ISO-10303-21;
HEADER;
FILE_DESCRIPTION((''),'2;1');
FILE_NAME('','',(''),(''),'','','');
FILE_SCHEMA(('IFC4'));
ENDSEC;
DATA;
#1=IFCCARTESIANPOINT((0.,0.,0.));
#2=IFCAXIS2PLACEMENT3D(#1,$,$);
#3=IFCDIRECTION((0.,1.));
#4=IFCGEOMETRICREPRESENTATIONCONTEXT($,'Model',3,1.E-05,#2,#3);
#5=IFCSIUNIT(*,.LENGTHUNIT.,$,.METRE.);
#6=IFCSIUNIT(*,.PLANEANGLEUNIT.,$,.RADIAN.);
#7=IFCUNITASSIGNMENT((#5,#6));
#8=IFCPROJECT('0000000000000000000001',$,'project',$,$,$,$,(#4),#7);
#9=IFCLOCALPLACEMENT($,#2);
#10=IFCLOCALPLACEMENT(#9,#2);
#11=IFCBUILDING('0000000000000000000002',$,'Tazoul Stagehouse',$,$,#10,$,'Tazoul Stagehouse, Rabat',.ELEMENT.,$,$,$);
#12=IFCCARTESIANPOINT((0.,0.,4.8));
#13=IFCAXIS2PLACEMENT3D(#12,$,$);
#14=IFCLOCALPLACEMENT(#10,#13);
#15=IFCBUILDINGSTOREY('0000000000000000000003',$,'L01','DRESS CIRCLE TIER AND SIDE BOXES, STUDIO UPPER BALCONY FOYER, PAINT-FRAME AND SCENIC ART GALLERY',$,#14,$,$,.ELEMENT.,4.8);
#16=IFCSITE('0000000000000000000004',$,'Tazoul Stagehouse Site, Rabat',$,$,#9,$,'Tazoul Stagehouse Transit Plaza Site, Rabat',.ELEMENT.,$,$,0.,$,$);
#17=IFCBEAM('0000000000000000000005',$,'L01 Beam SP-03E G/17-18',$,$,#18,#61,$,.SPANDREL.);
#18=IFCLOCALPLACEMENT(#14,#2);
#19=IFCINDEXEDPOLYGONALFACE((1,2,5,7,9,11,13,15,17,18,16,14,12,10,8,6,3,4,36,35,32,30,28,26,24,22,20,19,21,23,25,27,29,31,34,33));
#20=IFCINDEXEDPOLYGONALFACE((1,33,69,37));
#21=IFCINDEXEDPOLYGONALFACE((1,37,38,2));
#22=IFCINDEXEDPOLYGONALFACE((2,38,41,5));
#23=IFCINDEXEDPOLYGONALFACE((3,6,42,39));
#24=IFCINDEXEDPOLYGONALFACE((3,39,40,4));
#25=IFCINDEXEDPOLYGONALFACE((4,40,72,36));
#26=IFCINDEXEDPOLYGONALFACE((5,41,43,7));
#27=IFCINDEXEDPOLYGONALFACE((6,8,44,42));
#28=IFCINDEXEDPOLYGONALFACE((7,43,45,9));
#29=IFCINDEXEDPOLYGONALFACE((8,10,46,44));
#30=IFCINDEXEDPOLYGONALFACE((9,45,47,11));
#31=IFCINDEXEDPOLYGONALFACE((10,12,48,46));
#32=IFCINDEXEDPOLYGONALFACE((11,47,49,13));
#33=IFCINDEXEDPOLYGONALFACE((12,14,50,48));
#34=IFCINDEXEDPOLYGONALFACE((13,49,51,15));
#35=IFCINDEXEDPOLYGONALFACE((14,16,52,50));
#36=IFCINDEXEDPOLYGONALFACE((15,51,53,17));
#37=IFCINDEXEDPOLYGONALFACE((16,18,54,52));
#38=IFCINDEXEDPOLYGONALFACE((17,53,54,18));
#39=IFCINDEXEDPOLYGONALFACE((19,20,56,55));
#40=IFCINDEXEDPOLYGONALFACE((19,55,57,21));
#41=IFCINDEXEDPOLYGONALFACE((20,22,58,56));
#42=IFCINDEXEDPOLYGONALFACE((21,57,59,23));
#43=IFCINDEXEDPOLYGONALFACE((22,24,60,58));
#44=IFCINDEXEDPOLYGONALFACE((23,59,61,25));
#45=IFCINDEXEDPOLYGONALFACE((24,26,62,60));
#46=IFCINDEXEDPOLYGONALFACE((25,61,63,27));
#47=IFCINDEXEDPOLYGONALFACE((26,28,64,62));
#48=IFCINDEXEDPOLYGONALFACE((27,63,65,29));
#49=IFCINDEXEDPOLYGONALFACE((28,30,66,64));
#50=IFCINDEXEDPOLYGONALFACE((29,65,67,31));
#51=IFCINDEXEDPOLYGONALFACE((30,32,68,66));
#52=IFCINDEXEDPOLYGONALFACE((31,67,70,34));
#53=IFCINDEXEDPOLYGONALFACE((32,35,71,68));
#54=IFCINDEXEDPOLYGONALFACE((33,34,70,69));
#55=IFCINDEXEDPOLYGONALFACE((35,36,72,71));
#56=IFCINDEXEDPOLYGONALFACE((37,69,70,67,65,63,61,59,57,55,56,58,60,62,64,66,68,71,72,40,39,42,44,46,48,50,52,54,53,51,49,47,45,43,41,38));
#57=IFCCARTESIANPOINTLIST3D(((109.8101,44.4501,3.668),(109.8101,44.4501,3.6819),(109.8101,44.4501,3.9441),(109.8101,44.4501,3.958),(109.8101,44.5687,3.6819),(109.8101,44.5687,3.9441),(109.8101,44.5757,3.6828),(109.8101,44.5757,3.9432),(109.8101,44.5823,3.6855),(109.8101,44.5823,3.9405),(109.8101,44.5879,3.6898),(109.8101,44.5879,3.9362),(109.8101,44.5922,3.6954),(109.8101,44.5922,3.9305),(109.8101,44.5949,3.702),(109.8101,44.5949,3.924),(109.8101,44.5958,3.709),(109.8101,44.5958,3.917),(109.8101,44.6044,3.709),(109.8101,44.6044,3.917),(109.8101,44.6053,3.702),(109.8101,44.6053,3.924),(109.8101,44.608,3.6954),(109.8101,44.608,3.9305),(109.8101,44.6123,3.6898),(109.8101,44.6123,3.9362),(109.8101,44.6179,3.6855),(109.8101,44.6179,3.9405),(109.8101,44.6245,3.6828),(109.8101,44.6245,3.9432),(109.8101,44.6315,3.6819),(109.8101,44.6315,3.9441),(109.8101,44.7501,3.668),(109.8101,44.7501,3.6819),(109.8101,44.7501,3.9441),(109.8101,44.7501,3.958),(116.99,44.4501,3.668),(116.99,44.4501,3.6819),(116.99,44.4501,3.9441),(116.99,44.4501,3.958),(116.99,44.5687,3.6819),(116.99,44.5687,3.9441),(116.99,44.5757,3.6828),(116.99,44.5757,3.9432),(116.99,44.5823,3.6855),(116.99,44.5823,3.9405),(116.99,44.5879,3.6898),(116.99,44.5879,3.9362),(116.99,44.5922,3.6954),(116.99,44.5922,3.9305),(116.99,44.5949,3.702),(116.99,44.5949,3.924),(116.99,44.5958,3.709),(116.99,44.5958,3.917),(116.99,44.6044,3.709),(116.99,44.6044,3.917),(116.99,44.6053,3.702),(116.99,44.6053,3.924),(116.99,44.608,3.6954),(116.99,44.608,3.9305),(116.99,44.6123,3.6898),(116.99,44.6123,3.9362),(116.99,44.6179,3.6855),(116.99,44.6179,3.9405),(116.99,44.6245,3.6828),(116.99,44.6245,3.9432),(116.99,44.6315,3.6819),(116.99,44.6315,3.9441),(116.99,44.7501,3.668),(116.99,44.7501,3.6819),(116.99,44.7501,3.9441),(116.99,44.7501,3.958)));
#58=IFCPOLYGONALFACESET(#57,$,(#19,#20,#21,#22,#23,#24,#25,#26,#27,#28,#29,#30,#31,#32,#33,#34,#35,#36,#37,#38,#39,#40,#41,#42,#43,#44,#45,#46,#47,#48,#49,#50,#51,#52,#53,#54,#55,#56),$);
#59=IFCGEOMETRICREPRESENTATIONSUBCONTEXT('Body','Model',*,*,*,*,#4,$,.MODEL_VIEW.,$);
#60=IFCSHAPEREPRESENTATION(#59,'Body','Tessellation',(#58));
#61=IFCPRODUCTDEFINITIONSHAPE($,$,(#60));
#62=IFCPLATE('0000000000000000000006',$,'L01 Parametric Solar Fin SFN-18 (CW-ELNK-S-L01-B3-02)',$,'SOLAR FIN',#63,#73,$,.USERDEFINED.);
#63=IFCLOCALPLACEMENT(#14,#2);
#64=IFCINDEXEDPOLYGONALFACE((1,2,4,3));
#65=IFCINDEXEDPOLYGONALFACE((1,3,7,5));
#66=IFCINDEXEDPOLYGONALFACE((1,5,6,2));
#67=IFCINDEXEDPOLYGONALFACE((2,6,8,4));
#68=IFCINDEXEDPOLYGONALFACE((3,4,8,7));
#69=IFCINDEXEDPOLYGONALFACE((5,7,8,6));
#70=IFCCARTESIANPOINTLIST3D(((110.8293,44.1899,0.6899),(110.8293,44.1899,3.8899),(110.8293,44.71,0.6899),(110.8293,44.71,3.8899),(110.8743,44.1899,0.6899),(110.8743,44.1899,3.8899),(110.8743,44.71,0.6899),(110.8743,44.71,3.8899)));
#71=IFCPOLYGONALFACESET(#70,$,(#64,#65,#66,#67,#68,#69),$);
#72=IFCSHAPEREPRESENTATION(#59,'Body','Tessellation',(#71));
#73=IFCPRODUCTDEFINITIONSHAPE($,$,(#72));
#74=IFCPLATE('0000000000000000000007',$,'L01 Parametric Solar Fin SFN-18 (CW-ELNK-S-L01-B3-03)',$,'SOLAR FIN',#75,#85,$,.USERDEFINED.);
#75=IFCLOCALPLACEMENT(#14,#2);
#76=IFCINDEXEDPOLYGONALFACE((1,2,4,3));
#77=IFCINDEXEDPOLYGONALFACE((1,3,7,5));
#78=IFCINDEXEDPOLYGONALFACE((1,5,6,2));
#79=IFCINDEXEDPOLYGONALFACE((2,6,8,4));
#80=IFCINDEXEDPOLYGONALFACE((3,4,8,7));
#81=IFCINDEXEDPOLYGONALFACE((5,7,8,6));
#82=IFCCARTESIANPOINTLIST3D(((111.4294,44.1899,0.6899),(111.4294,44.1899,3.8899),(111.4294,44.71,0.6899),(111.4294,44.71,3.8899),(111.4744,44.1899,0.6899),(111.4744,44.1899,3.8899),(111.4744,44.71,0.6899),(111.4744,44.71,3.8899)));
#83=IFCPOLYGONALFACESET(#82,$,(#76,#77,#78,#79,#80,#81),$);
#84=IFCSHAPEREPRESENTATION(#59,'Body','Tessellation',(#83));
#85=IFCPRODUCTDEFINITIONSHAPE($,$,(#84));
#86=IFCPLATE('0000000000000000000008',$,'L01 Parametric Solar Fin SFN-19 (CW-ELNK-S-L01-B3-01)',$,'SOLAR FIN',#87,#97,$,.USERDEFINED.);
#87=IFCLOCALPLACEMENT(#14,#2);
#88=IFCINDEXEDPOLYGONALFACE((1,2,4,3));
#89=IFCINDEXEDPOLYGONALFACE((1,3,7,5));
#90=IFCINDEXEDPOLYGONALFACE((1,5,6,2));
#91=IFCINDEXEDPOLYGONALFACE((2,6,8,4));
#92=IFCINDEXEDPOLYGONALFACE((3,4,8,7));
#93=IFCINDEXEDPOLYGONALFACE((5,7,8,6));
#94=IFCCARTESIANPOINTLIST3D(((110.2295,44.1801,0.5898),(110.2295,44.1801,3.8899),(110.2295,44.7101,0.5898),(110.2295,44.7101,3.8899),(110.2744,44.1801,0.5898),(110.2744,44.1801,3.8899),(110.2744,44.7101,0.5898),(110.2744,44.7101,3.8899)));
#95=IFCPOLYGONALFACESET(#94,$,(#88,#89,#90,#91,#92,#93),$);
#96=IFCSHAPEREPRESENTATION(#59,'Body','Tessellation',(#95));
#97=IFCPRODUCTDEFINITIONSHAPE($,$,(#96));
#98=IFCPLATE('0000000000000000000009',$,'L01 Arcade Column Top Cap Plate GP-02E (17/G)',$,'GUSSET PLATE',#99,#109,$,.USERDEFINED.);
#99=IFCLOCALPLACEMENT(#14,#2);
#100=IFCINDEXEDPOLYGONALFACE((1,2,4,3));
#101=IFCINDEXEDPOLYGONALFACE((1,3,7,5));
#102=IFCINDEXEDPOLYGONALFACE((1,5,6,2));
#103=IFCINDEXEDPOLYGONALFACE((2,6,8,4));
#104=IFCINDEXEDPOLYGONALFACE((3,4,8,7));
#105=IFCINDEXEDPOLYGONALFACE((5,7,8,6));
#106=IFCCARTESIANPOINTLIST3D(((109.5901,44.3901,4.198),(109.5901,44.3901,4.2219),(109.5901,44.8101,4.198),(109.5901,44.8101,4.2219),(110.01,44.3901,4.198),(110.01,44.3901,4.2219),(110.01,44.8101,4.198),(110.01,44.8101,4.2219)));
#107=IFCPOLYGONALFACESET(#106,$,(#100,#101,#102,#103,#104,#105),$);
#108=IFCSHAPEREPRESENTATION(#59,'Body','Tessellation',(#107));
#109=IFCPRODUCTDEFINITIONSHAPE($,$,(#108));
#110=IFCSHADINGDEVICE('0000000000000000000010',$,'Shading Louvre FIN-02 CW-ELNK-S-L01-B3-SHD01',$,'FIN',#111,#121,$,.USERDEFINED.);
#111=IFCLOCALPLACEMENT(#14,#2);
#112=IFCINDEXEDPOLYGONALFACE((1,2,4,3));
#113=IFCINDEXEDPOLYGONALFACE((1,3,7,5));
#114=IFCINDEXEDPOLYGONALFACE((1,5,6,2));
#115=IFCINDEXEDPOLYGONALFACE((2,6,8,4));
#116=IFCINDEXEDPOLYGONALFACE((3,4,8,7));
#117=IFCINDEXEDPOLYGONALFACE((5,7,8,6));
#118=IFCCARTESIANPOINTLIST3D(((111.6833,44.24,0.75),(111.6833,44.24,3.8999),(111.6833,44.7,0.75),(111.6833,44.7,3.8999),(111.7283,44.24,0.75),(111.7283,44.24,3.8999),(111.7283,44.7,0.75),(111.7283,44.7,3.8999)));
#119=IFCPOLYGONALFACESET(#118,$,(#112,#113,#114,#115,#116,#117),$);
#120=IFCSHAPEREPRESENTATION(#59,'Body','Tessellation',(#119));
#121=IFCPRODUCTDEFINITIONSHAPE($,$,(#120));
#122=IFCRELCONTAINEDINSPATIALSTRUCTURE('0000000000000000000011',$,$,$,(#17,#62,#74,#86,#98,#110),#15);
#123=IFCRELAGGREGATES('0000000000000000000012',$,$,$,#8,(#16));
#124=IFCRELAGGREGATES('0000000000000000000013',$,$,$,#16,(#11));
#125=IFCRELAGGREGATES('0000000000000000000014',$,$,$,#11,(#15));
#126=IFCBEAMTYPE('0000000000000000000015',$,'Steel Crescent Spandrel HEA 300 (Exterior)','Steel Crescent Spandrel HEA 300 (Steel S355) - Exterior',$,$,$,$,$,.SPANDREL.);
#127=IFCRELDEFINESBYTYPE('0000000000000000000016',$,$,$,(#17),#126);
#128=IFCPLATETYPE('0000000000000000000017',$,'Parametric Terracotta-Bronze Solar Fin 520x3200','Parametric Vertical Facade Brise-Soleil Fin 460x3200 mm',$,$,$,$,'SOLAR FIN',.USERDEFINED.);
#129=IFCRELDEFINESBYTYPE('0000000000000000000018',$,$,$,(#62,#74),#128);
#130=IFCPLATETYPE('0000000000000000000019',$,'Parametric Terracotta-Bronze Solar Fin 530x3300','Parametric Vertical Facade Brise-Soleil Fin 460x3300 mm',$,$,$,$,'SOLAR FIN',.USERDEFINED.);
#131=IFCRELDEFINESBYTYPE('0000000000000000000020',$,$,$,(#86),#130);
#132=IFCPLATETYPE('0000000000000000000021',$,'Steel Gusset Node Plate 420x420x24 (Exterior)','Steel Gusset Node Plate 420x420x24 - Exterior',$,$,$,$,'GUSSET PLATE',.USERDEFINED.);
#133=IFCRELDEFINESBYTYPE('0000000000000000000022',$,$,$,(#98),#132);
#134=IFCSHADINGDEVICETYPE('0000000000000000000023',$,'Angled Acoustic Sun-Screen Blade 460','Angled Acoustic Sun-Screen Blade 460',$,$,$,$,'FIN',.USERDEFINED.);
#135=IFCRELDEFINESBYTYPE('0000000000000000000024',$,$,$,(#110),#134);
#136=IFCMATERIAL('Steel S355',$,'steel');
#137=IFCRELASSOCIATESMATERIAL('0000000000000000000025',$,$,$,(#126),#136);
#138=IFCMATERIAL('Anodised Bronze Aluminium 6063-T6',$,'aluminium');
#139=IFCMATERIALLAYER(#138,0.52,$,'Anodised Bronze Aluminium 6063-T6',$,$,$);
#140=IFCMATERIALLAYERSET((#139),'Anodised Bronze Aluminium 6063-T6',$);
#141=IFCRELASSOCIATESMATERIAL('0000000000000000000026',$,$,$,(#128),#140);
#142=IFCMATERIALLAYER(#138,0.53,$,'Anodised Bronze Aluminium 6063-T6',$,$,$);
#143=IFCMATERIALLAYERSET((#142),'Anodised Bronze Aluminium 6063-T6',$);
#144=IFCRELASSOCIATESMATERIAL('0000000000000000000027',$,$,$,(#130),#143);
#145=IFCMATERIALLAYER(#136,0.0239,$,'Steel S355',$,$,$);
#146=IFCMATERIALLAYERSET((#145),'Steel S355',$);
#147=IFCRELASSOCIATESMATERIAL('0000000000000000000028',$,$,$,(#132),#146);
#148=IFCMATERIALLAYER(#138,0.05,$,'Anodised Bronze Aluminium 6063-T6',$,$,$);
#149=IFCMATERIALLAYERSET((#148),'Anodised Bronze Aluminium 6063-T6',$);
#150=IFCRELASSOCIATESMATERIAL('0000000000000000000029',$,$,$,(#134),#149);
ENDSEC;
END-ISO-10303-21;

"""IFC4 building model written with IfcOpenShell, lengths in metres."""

from ifc_helpers import new_model, si_unit, direction, frame, origin, origin_2d, place, context, subcontext, project, spatial, rectangle, i_section, extrude, material, layer, layer_set, material_profile, profile_set, type_object, element, save


model = new_model("IFC4")

# Units and contexts
model_context = context("Model", 3, precision=1e-05, world=origin(), true_north=direction((0.0, 1.0)))
body_context = subcontext(model_context, "Body", "Model", "MODEL_VIEW")
ifc_project = project(units=[si_unit("LENGTHUNIT", "METRE"), si_unit("PLANEANGLEUNIT", "RADIAN")], contexts=[model_context])

# Site, building, storey
site_placement = place(None, origin())
site = spatial("IfcSite", under=ifc_project, at=site_placement, Name="Tazoul Stagehouse Site, Rabat", LongName="Tazoul Stagehouse Transit Plaza Site, Rabat", CompositionType="ELEMENT", RefElevation=0.0)
building_placement = place(site_placement, origin())
building = spatial("IfcBuilding", under=site, at=building_placement, Name="Tazoul Stagehouse", LongName="Tazoul Stagehouse, Rabat", CompositionType="ELEMENT")
storey_placement = place(building_placement, frame((0.0, 0.0, 4.8)))
storey = spatial("IfcBuildingStorey", under=building, at=storey_placement, Name="L01", Description="DRESS CIRCLE TIER AND SIDE BOXES, STUDIO UPPER BALCONY FOYER, PAINT-FRAME AND SCENIC ART GALLERY", CompositionType="ELEMENT", Elevation=4.8)

# Beam
ifc_material_1 = material(Name="Steel S355", Category="steel")
ifc_material_profile = material_profile(ifc_material_1, i_section(OverallWidth=0.3, OverallDepth=0.29, WebThickness=0.0085, FlangeThickness=0.0139, FilletRadius=0.0271, at=origin_2d()), Name="HEA 300")
ifc_profile_set = profile_set([ifc_material_profile], Name="Steel S355")
beam_type = type_object("IfcBeamType", Name="Steel Crescent Spandrel HEA 300 (Exterior)", Description="Steel Crescent Spandrel HEA 300 (Steel S355) - Exterior", PredefinedType="SPANDREL", material=ifc_profile_set)
beam_placement = place(storey_placement, frame((109.8101, 44.6001, 3.813), z_axis=(1.0, 0.0, 0.0), x_axis=(0.0, 1.0, 0.0)))
element("IfcBeam", 1, at=beam_placement, inside=storey, type_object=beam_type, Name="L01 Beam SP-03E G/17-18", PredefinedType="SPANDREL", context=body_context, shape_type="SweptSolid", body=[
    extrude(i_section(OverallWidth=0.3, OverallDepth=0.29, WebThickness=0.0085, FlangeThickness=0.0139, FilletRadius=0.0271, at=origin_2d()), origin(), (0.0, 0.0, 1.0), 7.1799),
])

# Plates
ifc_material_2 = material(Name="Anodised Bronze Aluminium 6063-T6", Category="aluminium")
ifc_layer_1 = layer(ifc_material_2, 0.52, Name="Anodised Bronze Aluminium 6063-T6")
ifc_layer_set_1 = layer_set([ifc_layer_1], Name="Anodised Bronze Aluminium 6063-T6")
plate_type_1 = type_object("IfcPlateType", Name="Parametric Terracotta-Bronze Solar Fin 520x3200", Description="Parametric Vertical Facade Brise-Soleil Fin 460x3200 mm", ElementType="SOLAR FIN", PredefinedType="USERDEFINED", material=ifc_layer_set_1)
for number, where, z_axis, x_axis, name in (
    (2, (110.8518, 44.45, 0.6899), (0.0, 0.0, 1.0), (1.0, 0.0, 0.0), "L01 Parametric Solar Fin SFN-18 (CW-ELNK-S-L01-B3-02)"),
    (3, (111.4519, 44.45, 0.6899), (0.0, 0.0, 1.0), (1.0, 0.0, 0.0), "L01 Parametric Solar Fin SFN-18 (CW-ELNK-S-L01-B3-03)"),
):
    element("IfcPlate", number, at=place(storey_placement, frame(where, z_axis=z_axis, x_axis=x_axis)), inside=storey, type_object=plate_type_1, Name=name, ObjectType="SOLAR FIN", PredefinedType="USERDEFINED", context=body_context, shape_type="SweptSolid", body=[
        extrude(rectangle(XDim=0.0449, YDim=0.52, at=origin_2d()), origin(), (0.0, 0.0, 1.0), 3.2),
    ])
ifc_layer_2 = layer(ifc_material_2, 0.53, Name="Anodised Bronze Aluminium 6063-T6")
ifc_layer_set_2 = layer_set([ifc_layer_2], Name="Anodised Bronze Aluminium 6063-T6")
plate_type_2 = type_object("IfcPlateType", Name="Parametric Terracotta-Bronze Solar Fin 530x3300", Description="Parametric Vertical Facade Brise-Soleil Fin 460x3300 mm", ElementType="SOLAR FIN", PredefinedType="USERDEFINED", material=ifc_layer_set_2)
plate_1_placement = place(storey_placement, frame((110.252, 44.4451, 0.5898), z_axis=(0.0, 0.0, 1.0), x_axis=(1.0, 0.0, 0.0)))
element("IfcPlate", 4, at=plate_1_placement, inside=storey, type_object=plate_type_2, Name="L01 Parametric Solar Fin SFN-19 (CW-ELNK-S-L01-B3-01)", ObjectType="SOLAR FIN", PredefinedType="USERDEFINED", context=body_context, shape_type="SweptSolid", body=[
    extrude(rectangle(XDim=0.0449, YDim=0.53, at=origin_2d()), origin(), (0.0, 0.0, 1.0), 3.3),
])
ifc_layer_3 = layer(ifc_material_1, 0.0239, Name="Steel S355")
ifc_layer_set_3 = layer_set([ifc_layer_3], Name="Steel S355")
plate_type_3 = type_object("IfcPlateType", Name="Steel Gusset Node Plate 420x420x24 (Exterior)", Description="Steel Gusset Node Plate 420x420x24 - Exterior", ElementType="GUSSET PLATE", PredefinedType="USERDEFINED", material=ifc_layer_set_3)
plate_2_placement = place(storey_placement, frame((109.8, 44.6001, 4.198), z_axis=(0.0, 0.0, 1.0), x_axis=(1.0, 0.0, 0.0)))
element("IfcPlate", 5, at=plate_2_placement, inside=storey, type_object=plate_type_3, Name="L01 Arcade Column Top Cap Plate GP-02E (17/G)", ObjectType="GUSSET PLATE", PredefinedType="USERDEFINED", context=body_context, shape_type="SweptSolid", body=[
    extrude(rectangle(XDim=0.4199, YDim=0.4199, at=origin_2d()), origin(), (0.0, 0.0, 1.0), 0.0239),
])

# Shading device
ifc_layer_4 = layer(ifc_material_2, 0.05, Name="Anodised Bronze Aluminium 6063-T6")
ifc_layer_set_4 = layer_set([ifc_layer_4], Name="Anodised Bronze Aluminium 6063-T6")
shading_device_type = type_object("IfcShadingDeviceType", Name="Angled Acoustic Sun-Screen Blade 460", Description="Angled Acoustic Sun-Screen Blade 460", ElementType="FIN", PredefinedType="USERDEFINED", material=ifc_layer_set_4)
shading_device_placement = place(storey_placement, frame((111.7058, 44.47, 0.75), z_axis=(0.0, 0.0, 1.0), x_axis=(1.0, 0.0, 0.0)))
element("IfcShadingDevice", 6, at=shading_device_placement, inside=storey, type_object=shading_device_type, Name="Shading Louvre FIN-02 CW-ELNK-S-L01-B3-SHD01", ObjectType="FIN", PredefinedType="USERDEFINED", context=body_context, shape_type="SweptSolid", body=[
    extrude(rectangle(XDim=0.0449, YDim=0.46, at=origin_2d()), origin(), (0.0, 0.0, 1.0), 3.1499),
])

save(model, "model.ifc")
